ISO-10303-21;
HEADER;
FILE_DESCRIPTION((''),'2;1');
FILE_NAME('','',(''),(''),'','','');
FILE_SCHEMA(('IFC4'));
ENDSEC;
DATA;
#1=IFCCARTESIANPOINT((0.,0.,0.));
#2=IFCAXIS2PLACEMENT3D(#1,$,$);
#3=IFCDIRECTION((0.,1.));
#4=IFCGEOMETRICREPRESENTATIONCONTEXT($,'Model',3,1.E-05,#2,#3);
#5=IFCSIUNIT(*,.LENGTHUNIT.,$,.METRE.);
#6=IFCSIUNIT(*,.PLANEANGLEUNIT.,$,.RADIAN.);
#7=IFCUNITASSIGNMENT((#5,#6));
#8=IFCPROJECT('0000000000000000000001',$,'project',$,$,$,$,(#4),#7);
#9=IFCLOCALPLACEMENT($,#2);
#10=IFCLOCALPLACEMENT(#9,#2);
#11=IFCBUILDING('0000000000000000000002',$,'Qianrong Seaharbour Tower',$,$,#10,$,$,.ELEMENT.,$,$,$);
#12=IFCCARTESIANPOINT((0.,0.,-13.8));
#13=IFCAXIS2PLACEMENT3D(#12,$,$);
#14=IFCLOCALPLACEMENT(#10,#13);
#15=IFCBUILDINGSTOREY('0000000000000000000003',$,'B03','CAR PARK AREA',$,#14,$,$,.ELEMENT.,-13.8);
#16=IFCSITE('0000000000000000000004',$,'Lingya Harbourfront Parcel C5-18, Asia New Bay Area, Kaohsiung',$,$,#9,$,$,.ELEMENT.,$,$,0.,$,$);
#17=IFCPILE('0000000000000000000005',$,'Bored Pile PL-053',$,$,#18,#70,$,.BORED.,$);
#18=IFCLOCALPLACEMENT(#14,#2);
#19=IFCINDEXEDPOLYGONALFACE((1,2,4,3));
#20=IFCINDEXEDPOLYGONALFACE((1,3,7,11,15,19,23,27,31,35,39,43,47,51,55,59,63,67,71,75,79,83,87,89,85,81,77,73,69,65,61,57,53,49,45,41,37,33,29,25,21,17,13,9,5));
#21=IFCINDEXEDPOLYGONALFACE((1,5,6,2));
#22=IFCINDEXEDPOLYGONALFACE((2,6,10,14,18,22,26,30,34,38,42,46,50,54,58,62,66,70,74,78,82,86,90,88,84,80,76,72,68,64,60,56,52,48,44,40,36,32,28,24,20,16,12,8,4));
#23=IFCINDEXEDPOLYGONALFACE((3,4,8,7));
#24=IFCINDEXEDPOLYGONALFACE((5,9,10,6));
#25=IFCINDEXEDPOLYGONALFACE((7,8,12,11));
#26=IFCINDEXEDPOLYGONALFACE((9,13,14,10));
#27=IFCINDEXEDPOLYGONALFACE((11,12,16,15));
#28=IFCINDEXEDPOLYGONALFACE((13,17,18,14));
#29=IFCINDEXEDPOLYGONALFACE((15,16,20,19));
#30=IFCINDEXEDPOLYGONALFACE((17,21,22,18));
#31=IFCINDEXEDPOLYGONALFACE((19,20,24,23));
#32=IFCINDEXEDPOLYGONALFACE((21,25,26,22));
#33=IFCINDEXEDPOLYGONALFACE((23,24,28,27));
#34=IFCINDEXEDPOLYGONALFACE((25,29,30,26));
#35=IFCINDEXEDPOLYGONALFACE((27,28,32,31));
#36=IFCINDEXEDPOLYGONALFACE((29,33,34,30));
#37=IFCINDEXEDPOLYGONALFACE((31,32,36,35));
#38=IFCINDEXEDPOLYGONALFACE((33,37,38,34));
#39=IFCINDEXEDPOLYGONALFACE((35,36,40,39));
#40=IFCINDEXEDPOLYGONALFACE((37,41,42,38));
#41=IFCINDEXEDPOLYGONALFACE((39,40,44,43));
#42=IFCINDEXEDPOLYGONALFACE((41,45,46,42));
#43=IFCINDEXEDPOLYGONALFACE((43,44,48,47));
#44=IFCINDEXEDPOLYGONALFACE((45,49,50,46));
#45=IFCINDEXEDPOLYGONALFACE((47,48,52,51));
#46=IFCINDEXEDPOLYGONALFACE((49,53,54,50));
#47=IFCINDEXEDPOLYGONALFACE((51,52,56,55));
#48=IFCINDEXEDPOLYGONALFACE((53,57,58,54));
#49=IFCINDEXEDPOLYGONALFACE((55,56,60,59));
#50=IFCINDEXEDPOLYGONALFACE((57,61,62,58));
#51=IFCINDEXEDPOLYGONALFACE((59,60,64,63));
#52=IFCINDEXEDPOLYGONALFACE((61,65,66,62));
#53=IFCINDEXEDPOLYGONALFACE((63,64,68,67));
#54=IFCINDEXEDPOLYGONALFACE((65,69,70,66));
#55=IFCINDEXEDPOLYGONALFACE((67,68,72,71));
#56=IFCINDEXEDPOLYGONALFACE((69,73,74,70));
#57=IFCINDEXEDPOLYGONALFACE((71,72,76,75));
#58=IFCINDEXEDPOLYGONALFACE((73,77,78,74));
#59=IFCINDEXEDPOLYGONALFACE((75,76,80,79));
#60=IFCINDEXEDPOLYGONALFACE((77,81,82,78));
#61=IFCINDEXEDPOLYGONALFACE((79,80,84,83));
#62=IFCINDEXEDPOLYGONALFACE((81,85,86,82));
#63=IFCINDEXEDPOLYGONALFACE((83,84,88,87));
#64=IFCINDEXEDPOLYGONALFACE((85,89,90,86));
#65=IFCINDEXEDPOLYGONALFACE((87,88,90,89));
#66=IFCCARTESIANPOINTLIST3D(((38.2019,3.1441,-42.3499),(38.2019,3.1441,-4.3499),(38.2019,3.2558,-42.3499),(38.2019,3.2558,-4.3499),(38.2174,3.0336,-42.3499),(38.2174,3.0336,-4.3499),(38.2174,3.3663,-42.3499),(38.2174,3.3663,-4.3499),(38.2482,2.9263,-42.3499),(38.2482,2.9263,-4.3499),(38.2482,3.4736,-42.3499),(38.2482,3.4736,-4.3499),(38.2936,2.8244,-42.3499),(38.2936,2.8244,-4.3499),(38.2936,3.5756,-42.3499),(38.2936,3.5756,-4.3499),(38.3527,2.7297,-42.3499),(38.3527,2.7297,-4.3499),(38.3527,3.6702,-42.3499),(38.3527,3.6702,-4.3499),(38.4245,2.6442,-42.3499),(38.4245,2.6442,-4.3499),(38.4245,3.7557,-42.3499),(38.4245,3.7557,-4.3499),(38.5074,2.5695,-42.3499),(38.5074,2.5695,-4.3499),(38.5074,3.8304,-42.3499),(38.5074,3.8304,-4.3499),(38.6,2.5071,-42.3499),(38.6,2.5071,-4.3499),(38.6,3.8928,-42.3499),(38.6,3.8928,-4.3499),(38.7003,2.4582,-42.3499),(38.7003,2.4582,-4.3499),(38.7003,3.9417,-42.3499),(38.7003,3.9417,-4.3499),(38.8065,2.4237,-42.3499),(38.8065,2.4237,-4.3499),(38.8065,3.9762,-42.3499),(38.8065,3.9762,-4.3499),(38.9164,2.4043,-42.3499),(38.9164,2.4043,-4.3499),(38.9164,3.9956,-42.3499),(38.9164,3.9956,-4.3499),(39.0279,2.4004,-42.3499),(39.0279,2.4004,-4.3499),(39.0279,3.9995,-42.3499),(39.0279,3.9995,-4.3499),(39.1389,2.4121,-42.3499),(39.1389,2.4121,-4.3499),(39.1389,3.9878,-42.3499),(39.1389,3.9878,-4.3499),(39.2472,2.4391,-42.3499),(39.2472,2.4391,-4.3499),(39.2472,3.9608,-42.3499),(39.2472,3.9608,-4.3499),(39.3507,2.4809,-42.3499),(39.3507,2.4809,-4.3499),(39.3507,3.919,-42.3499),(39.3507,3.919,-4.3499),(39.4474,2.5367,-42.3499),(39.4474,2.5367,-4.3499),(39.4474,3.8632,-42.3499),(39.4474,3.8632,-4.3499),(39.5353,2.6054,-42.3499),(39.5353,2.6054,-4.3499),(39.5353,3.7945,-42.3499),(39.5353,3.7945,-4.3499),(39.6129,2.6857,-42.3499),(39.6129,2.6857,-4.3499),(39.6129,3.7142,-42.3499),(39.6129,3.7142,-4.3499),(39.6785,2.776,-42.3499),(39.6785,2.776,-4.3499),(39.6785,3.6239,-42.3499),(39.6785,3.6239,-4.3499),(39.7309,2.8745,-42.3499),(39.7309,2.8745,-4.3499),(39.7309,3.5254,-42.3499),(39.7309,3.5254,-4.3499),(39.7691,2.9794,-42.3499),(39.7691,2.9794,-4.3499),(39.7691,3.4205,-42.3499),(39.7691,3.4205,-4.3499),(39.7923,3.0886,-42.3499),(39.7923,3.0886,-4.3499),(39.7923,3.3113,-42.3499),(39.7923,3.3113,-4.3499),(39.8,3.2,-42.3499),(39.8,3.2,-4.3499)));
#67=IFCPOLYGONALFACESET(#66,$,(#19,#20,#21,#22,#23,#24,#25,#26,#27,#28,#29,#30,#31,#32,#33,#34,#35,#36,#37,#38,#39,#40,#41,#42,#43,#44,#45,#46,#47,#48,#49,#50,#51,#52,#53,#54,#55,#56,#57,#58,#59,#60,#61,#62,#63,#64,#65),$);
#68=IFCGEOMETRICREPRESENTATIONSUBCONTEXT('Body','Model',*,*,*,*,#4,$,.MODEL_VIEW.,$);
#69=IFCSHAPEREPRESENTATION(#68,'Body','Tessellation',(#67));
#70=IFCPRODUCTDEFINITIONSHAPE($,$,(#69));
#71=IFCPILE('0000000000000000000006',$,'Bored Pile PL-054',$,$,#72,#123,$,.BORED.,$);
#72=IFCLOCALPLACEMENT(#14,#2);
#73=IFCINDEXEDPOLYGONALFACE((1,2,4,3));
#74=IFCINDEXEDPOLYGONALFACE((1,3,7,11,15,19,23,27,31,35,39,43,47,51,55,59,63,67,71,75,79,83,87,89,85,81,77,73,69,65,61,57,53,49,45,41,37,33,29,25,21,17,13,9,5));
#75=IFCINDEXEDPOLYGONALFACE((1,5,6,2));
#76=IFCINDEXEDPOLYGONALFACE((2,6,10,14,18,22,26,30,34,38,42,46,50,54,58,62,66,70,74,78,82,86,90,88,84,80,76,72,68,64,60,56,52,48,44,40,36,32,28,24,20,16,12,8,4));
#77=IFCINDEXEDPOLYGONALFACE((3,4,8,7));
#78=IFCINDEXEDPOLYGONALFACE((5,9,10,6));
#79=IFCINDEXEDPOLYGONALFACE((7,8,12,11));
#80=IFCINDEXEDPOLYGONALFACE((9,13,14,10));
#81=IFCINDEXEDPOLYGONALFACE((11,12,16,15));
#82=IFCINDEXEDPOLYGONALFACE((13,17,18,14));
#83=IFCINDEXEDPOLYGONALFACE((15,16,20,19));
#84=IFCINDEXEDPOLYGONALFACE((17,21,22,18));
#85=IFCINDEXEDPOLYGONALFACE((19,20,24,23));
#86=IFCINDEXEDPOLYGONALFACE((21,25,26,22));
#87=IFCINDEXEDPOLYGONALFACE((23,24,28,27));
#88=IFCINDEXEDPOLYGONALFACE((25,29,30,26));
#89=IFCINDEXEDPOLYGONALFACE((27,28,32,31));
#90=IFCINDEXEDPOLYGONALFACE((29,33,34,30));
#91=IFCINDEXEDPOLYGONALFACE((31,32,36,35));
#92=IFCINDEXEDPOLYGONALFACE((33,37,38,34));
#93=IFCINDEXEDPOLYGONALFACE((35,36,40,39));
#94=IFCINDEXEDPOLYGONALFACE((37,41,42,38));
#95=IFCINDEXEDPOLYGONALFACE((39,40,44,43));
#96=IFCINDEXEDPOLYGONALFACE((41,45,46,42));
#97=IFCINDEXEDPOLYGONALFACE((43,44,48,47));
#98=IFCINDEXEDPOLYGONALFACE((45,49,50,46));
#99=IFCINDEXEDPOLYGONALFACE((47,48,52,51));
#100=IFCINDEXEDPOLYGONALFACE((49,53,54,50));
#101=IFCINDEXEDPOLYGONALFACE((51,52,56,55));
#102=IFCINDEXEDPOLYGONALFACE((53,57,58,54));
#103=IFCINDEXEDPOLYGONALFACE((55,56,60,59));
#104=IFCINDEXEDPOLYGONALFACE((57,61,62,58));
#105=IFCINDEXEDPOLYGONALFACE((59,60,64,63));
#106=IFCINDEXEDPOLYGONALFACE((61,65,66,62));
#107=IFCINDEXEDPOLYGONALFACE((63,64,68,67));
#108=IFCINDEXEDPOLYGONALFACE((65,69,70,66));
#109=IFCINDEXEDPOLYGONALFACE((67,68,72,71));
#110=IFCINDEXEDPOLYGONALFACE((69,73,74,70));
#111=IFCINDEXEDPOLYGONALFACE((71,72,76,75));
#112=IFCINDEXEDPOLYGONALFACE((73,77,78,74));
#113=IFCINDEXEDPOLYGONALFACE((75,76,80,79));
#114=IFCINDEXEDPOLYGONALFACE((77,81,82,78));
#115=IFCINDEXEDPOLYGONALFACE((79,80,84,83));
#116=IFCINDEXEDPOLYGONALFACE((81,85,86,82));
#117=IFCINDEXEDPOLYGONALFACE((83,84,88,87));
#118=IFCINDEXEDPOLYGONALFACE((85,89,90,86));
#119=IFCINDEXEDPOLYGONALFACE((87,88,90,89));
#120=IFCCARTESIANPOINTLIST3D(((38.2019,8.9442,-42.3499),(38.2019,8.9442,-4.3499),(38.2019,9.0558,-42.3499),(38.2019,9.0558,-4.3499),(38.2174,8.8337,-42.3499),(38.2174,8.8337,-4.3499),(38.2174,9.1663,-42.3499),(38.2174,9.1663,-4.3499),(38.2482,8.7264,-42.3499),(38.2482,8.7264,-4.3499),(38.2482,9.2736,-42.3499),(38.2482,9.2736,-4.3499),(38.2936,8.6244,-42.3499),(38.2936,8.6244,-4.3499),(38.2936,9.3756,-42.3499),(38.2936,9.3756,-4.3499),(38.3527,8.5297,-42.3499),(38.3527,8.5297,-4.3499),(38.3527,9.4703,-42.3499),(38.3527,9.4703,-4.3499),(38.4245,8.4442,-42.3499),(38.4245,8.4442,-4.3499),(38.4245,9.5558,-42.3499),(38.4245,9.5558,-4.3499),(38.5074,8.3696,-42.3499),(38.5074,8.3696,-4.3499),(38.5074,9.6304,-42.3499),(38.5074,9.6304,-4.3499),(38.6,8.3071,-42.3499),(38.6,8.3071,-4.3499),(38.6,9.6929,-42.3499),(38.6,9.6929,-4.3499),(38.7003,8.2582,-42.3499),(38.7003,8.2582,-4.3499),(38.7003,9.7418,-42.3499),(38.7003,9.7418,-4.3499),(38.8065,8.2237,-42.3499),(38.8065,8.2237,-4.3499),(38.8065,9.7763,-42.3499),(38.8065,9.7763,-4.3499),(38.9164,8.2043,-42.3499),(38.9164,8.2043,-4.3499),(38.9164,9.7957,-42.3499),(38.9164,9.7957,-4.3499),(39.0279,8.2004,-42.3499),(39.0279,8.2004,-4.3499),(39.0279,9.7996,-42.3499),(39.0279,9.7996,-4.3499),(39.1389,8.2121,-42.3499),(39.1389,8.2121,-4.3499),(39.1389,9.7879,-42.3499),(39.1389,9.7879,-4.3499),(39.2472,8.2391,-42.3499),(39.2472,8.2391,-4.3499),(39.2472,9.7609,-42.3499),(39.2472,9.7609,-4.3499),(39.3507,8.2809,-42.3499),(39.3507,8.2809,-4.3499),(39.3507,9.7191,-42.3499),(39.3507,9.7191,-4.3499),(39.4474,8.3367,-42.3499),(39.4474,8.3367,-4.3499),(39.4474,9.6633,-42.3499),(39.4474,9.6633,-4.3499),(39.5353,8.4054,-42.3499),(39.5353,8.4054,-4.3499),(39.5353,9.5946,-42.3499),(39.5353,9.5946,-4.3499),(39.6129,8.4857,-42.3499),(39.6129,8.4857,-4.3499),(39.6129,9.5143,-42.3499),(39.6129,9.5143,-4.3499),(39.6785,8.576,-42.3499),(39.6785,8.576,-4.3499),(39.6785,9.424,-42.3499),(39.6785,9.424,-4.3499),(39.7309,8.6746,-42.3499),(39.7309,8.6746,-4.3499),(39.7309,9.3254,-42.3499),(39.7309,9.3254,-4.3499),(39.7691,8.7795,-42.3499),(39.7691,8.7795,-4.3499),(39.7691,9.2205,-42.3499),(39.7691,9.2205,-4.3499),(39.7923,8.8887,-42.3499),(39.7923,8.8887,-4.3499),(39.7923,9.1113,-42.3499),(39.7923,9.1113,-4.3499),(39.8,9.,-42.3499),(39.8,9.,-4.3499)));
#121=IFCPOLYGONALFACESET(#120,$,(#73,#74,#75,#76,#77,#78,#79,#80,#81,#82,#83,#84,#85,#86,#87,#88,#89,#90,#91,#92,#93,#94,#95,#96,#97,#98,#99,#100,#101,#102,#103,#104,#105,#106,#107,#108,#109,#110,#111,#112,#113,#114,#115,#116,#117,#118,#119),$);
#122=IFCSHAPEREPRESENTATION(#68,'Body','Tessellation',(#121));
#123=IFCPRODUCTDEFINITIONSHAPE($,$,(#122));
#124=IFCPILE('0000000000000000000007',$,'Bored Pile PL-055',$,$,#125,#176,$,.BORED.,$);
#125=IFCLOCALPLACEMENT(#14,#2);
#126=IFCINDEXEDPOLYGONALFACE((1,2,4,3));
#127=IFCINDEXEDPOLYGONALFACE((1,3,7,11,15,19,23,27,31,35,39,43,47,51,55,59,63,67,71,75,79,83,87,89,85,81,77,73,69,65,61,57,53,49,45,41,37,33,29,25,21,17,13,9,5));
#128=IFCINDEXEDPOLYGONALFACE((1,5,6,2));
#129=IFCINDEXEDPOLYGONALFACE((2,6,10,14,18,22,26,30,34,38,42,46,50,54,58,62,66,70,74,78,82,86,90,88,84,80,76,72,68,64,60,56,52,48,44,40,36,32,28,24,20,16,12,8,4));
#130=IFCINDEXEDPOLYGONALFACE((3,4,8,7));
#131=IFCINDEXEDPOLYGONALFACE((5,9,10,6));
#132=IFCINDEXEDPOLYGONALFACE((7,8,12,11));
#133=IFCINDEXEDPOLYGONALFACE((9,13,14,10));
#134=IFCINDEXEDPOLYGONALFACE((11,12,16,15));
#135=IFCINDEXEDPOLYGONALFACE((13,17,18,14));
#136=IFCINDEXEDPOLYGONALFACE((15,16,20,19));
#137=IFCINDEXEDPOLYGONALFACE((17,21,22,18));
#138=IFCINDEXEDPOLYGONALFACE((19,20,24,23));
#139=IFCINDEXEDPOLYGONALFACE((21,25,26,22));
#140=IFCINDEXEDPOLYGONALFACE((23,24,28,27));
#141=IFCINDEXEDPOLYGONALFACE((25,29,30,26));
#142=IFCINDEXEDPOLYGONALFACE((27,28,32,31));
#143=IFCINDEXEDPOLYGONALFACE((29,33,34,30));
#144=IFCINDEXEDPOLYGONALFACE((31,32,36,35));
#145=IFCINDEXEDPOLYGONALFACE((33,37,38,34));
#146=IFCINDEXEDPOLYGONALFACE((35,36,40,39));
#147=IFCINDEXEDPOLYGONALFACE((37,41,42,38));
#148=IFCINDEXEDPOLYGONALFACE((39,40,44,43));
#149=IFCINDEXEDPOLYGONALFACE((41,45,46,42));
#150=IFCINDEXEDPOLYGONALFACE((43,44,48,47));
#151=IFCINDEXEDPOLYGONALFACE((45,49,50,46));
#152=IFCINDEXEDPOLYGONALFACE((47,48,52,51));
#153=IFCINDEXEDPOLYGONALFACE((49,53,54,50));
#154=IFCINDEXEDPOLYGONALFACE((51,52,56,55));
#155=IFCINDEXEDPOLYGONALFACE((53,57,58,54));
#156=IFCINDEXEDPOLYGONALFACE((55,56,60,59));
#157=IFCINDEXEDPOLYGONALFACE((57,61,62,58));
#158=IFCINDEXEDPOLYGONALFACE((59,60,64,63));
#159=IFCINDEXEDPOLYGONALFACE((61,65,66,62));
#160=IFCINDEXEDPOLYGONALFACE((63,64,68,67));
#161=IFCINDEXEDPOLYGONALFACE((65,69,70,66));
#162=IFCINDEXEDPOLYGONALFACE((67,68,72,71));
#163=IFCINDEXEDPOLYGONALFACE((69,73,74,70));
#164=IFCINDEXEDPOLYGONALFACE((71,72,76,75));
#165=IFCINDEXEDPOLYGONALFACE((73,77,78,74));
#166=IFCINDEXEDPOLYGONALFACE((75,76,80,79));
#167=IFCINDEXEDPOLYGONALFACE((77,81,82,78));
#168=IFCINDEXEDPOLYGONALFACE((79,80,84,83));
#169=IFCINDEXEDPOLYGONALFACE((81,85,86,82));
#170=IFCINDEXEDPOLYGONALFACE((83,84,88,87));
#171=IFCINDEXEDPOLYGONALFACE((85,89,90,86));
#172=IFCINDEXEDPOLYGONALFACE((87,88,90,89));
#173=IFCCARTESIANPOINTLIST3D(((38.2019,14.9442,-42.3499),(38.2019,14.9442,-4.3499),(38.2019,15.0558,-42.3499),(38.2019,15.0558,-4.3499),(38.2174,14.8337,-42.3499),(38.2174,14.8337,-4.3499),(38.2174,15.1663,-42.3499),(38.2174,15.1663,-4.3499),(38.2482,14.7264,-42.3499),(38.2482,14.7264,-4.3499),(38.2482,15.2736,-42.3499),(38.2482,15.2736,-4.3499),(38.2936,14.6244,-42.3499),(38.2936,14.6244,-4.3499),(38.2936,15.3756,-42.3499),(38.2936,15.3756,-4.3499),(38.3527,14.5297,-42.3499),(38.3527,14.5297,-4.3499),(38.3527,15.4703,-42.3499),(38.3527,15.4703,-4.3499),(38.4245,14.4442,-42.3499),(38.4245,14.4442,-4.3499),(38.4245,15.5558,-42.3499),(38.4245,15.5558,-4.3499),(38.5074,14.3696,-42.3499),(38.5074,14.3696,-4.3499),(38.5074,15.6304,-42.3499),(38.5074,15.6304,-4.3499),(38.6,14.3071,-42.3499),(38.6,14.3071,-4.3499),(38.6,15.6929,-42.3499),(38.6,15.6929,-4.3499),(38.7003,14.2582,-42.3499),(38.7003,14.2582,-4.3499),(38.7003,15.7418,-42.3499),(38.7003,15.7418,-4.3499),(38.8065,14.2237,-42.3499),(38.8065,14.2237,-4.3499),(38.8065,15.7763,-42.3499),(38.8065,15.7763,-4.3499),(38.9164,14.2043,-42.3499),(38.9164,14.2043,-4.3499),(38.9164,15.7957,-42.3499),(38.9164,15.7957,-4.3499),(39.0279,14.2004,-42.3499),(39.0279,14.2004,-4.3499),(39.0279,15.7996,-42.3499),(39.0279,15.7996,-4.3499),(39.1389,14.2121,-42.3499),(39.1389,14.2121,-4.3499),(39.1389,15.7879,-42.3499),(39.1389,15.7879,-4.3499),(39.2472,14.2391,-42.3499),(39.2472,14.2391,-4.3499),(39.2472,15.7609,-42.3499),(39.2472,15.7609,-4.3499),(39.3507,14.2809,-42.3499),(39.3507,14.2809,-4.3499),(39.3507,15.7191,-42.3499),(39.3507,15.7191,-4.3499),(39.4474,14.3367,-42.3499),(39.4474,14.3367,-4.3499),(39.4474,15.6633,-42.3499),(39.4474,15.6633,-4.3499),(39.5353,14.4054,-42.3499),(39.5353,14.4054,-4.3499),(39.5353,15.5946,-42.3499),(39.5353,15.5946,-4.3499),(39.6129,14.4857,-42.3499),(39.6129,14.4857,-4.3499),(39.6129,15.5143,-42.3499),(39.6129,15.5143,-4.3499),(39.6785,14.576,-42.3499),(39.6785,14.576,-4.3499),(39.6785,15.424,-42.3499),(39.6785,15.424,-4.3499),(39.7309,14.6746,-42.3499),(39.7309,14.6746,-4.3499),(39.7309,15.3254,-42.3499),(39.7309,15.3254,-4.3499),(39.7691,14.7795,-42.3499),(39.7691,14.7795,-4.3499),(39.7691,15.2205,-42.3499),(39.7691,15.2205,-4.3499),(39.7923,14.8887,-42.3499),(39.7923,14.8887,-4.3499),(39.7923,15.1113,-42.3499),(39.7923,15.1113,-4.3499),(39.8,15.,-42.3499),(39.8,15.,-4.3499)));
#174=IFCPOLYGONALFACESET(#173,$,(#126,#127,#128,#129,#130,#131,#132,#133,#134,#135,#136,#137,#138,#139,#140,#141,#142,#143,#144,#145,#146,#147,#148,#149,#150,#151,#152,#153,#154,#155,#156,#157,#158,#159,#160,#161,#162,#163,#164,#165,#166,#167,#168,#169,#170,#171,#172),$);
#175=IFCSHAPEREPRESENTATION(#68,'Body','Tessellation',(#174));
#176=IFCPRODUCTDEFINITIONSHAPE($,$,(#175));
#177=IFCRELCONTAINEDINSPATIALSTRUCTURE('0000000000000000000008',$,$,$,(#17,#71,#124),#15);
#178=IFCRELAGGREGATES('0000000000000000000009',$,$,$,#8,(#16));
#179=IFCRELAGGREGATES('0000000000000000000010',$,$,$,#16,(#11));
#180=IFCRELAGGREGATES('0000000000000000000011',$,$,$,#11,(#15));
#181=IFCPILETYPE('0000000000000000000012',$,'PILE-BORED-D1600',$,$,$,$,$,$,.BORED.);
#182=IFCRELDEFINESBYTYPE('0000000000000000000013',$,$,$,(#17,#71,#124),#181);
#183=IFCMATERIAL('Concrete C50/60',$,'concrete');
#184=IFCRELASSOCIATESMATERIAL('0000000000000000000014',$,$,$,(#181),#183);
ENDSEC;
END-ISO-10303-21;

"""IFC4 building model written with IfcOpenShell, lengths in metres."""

from ifc_helpers import new_model, si_unit, direction, frame, origin, origin_2d, place, context, subcontext, project, spatial, circle, extrude, material, material_profile, profile_set, type_object, element, save


model = new_model("IFC4")

# Units and contexts
model_context = context("Model", 3, precision=1e-05, world=origin(), true_north=direction((0.0, 1.0)))
body_context = subcontext(model_context, "Body", "Model", "MODEL_VIEW")
ifc_project = project(units=[si_unit("LENGTHUNIT", "METRE"), si_unit("PLANEANGLEUNIT", "RADIAN")], contexts=[model_context])

# Site, building, storey
site_placement = place(None, origin())
site = spatial("IfcSite", under=ifc_project, at=site_placement, Name="Lingya Harbourfront Parcel C5-18, Asia New Bay Area, Kaohsiung", CompositionType="ELEMENT", RefElevation=0.0)
building_placement = place(site_placement, origin())
building = spatial("IfcBuilding", under=site, at=building_placement, Name="Qianrong Seaharbour Tower", CompositionType="ELEMENT")
storey_placement = place(building_placement, frame((0.0, 0.0, -13.8)))
storey = spatial("IfcBuildingStorey", under=building, at=storey_placement, Name="B03", Description="CAR PARK AREA", CompositionType="ELEMENT", Elevation=-13.8)

# Piles
ifc_material_1 = material(Name="Concrete C50/60", Category="concrete")
ifc_material_profile_1 = material_profile(ifc_material_1, circle(Radius=0.8, at=origin_2d()), Name="PILE-D1600")
ifc_profile_set_1 = profile_set([ifc_material_profile_1], Name="Concrete C50/60")
pile_type = type_object("IfcPileType", Name="PILE-BORED-D1600", PredefinedType="BORED", material=ifc_profile_set_1)
for number, where, z_axis, x_axis, name in (
    (1, (39.0, 3.2, -4.3499), (0.0, 0.0, -1.0), (1.0, 0.0, 0.0), "Bored Pile PL-053"),
    (2, (39.0, 9.0, -4.3499), (0.0, 0.0, -1.0), (1.0, 0.0, 0.0), "Bored Pile PL-054"),
    (3, (39.0, 15.0, -4.3499), (0.0, 0.0, -1.0), (1.0, 0.0, 0.0), "Bored Pile PL-055"),
):
    element("IfcPile", number, at=place(storey_placement, frame(where, z_axis=z_axis, x_axis=x_axis)), inside=storey, type_object=pile_type, Name=name, PredefinedType="BORED", context=body_context, shape_type="SweptSolid", body=[
        extrude(circle(Radius=0.8, at=origin_2d()), origin(), (0.0, 0.0, 1.0), 38.0),
    ])

save(model, "model.ifc")
